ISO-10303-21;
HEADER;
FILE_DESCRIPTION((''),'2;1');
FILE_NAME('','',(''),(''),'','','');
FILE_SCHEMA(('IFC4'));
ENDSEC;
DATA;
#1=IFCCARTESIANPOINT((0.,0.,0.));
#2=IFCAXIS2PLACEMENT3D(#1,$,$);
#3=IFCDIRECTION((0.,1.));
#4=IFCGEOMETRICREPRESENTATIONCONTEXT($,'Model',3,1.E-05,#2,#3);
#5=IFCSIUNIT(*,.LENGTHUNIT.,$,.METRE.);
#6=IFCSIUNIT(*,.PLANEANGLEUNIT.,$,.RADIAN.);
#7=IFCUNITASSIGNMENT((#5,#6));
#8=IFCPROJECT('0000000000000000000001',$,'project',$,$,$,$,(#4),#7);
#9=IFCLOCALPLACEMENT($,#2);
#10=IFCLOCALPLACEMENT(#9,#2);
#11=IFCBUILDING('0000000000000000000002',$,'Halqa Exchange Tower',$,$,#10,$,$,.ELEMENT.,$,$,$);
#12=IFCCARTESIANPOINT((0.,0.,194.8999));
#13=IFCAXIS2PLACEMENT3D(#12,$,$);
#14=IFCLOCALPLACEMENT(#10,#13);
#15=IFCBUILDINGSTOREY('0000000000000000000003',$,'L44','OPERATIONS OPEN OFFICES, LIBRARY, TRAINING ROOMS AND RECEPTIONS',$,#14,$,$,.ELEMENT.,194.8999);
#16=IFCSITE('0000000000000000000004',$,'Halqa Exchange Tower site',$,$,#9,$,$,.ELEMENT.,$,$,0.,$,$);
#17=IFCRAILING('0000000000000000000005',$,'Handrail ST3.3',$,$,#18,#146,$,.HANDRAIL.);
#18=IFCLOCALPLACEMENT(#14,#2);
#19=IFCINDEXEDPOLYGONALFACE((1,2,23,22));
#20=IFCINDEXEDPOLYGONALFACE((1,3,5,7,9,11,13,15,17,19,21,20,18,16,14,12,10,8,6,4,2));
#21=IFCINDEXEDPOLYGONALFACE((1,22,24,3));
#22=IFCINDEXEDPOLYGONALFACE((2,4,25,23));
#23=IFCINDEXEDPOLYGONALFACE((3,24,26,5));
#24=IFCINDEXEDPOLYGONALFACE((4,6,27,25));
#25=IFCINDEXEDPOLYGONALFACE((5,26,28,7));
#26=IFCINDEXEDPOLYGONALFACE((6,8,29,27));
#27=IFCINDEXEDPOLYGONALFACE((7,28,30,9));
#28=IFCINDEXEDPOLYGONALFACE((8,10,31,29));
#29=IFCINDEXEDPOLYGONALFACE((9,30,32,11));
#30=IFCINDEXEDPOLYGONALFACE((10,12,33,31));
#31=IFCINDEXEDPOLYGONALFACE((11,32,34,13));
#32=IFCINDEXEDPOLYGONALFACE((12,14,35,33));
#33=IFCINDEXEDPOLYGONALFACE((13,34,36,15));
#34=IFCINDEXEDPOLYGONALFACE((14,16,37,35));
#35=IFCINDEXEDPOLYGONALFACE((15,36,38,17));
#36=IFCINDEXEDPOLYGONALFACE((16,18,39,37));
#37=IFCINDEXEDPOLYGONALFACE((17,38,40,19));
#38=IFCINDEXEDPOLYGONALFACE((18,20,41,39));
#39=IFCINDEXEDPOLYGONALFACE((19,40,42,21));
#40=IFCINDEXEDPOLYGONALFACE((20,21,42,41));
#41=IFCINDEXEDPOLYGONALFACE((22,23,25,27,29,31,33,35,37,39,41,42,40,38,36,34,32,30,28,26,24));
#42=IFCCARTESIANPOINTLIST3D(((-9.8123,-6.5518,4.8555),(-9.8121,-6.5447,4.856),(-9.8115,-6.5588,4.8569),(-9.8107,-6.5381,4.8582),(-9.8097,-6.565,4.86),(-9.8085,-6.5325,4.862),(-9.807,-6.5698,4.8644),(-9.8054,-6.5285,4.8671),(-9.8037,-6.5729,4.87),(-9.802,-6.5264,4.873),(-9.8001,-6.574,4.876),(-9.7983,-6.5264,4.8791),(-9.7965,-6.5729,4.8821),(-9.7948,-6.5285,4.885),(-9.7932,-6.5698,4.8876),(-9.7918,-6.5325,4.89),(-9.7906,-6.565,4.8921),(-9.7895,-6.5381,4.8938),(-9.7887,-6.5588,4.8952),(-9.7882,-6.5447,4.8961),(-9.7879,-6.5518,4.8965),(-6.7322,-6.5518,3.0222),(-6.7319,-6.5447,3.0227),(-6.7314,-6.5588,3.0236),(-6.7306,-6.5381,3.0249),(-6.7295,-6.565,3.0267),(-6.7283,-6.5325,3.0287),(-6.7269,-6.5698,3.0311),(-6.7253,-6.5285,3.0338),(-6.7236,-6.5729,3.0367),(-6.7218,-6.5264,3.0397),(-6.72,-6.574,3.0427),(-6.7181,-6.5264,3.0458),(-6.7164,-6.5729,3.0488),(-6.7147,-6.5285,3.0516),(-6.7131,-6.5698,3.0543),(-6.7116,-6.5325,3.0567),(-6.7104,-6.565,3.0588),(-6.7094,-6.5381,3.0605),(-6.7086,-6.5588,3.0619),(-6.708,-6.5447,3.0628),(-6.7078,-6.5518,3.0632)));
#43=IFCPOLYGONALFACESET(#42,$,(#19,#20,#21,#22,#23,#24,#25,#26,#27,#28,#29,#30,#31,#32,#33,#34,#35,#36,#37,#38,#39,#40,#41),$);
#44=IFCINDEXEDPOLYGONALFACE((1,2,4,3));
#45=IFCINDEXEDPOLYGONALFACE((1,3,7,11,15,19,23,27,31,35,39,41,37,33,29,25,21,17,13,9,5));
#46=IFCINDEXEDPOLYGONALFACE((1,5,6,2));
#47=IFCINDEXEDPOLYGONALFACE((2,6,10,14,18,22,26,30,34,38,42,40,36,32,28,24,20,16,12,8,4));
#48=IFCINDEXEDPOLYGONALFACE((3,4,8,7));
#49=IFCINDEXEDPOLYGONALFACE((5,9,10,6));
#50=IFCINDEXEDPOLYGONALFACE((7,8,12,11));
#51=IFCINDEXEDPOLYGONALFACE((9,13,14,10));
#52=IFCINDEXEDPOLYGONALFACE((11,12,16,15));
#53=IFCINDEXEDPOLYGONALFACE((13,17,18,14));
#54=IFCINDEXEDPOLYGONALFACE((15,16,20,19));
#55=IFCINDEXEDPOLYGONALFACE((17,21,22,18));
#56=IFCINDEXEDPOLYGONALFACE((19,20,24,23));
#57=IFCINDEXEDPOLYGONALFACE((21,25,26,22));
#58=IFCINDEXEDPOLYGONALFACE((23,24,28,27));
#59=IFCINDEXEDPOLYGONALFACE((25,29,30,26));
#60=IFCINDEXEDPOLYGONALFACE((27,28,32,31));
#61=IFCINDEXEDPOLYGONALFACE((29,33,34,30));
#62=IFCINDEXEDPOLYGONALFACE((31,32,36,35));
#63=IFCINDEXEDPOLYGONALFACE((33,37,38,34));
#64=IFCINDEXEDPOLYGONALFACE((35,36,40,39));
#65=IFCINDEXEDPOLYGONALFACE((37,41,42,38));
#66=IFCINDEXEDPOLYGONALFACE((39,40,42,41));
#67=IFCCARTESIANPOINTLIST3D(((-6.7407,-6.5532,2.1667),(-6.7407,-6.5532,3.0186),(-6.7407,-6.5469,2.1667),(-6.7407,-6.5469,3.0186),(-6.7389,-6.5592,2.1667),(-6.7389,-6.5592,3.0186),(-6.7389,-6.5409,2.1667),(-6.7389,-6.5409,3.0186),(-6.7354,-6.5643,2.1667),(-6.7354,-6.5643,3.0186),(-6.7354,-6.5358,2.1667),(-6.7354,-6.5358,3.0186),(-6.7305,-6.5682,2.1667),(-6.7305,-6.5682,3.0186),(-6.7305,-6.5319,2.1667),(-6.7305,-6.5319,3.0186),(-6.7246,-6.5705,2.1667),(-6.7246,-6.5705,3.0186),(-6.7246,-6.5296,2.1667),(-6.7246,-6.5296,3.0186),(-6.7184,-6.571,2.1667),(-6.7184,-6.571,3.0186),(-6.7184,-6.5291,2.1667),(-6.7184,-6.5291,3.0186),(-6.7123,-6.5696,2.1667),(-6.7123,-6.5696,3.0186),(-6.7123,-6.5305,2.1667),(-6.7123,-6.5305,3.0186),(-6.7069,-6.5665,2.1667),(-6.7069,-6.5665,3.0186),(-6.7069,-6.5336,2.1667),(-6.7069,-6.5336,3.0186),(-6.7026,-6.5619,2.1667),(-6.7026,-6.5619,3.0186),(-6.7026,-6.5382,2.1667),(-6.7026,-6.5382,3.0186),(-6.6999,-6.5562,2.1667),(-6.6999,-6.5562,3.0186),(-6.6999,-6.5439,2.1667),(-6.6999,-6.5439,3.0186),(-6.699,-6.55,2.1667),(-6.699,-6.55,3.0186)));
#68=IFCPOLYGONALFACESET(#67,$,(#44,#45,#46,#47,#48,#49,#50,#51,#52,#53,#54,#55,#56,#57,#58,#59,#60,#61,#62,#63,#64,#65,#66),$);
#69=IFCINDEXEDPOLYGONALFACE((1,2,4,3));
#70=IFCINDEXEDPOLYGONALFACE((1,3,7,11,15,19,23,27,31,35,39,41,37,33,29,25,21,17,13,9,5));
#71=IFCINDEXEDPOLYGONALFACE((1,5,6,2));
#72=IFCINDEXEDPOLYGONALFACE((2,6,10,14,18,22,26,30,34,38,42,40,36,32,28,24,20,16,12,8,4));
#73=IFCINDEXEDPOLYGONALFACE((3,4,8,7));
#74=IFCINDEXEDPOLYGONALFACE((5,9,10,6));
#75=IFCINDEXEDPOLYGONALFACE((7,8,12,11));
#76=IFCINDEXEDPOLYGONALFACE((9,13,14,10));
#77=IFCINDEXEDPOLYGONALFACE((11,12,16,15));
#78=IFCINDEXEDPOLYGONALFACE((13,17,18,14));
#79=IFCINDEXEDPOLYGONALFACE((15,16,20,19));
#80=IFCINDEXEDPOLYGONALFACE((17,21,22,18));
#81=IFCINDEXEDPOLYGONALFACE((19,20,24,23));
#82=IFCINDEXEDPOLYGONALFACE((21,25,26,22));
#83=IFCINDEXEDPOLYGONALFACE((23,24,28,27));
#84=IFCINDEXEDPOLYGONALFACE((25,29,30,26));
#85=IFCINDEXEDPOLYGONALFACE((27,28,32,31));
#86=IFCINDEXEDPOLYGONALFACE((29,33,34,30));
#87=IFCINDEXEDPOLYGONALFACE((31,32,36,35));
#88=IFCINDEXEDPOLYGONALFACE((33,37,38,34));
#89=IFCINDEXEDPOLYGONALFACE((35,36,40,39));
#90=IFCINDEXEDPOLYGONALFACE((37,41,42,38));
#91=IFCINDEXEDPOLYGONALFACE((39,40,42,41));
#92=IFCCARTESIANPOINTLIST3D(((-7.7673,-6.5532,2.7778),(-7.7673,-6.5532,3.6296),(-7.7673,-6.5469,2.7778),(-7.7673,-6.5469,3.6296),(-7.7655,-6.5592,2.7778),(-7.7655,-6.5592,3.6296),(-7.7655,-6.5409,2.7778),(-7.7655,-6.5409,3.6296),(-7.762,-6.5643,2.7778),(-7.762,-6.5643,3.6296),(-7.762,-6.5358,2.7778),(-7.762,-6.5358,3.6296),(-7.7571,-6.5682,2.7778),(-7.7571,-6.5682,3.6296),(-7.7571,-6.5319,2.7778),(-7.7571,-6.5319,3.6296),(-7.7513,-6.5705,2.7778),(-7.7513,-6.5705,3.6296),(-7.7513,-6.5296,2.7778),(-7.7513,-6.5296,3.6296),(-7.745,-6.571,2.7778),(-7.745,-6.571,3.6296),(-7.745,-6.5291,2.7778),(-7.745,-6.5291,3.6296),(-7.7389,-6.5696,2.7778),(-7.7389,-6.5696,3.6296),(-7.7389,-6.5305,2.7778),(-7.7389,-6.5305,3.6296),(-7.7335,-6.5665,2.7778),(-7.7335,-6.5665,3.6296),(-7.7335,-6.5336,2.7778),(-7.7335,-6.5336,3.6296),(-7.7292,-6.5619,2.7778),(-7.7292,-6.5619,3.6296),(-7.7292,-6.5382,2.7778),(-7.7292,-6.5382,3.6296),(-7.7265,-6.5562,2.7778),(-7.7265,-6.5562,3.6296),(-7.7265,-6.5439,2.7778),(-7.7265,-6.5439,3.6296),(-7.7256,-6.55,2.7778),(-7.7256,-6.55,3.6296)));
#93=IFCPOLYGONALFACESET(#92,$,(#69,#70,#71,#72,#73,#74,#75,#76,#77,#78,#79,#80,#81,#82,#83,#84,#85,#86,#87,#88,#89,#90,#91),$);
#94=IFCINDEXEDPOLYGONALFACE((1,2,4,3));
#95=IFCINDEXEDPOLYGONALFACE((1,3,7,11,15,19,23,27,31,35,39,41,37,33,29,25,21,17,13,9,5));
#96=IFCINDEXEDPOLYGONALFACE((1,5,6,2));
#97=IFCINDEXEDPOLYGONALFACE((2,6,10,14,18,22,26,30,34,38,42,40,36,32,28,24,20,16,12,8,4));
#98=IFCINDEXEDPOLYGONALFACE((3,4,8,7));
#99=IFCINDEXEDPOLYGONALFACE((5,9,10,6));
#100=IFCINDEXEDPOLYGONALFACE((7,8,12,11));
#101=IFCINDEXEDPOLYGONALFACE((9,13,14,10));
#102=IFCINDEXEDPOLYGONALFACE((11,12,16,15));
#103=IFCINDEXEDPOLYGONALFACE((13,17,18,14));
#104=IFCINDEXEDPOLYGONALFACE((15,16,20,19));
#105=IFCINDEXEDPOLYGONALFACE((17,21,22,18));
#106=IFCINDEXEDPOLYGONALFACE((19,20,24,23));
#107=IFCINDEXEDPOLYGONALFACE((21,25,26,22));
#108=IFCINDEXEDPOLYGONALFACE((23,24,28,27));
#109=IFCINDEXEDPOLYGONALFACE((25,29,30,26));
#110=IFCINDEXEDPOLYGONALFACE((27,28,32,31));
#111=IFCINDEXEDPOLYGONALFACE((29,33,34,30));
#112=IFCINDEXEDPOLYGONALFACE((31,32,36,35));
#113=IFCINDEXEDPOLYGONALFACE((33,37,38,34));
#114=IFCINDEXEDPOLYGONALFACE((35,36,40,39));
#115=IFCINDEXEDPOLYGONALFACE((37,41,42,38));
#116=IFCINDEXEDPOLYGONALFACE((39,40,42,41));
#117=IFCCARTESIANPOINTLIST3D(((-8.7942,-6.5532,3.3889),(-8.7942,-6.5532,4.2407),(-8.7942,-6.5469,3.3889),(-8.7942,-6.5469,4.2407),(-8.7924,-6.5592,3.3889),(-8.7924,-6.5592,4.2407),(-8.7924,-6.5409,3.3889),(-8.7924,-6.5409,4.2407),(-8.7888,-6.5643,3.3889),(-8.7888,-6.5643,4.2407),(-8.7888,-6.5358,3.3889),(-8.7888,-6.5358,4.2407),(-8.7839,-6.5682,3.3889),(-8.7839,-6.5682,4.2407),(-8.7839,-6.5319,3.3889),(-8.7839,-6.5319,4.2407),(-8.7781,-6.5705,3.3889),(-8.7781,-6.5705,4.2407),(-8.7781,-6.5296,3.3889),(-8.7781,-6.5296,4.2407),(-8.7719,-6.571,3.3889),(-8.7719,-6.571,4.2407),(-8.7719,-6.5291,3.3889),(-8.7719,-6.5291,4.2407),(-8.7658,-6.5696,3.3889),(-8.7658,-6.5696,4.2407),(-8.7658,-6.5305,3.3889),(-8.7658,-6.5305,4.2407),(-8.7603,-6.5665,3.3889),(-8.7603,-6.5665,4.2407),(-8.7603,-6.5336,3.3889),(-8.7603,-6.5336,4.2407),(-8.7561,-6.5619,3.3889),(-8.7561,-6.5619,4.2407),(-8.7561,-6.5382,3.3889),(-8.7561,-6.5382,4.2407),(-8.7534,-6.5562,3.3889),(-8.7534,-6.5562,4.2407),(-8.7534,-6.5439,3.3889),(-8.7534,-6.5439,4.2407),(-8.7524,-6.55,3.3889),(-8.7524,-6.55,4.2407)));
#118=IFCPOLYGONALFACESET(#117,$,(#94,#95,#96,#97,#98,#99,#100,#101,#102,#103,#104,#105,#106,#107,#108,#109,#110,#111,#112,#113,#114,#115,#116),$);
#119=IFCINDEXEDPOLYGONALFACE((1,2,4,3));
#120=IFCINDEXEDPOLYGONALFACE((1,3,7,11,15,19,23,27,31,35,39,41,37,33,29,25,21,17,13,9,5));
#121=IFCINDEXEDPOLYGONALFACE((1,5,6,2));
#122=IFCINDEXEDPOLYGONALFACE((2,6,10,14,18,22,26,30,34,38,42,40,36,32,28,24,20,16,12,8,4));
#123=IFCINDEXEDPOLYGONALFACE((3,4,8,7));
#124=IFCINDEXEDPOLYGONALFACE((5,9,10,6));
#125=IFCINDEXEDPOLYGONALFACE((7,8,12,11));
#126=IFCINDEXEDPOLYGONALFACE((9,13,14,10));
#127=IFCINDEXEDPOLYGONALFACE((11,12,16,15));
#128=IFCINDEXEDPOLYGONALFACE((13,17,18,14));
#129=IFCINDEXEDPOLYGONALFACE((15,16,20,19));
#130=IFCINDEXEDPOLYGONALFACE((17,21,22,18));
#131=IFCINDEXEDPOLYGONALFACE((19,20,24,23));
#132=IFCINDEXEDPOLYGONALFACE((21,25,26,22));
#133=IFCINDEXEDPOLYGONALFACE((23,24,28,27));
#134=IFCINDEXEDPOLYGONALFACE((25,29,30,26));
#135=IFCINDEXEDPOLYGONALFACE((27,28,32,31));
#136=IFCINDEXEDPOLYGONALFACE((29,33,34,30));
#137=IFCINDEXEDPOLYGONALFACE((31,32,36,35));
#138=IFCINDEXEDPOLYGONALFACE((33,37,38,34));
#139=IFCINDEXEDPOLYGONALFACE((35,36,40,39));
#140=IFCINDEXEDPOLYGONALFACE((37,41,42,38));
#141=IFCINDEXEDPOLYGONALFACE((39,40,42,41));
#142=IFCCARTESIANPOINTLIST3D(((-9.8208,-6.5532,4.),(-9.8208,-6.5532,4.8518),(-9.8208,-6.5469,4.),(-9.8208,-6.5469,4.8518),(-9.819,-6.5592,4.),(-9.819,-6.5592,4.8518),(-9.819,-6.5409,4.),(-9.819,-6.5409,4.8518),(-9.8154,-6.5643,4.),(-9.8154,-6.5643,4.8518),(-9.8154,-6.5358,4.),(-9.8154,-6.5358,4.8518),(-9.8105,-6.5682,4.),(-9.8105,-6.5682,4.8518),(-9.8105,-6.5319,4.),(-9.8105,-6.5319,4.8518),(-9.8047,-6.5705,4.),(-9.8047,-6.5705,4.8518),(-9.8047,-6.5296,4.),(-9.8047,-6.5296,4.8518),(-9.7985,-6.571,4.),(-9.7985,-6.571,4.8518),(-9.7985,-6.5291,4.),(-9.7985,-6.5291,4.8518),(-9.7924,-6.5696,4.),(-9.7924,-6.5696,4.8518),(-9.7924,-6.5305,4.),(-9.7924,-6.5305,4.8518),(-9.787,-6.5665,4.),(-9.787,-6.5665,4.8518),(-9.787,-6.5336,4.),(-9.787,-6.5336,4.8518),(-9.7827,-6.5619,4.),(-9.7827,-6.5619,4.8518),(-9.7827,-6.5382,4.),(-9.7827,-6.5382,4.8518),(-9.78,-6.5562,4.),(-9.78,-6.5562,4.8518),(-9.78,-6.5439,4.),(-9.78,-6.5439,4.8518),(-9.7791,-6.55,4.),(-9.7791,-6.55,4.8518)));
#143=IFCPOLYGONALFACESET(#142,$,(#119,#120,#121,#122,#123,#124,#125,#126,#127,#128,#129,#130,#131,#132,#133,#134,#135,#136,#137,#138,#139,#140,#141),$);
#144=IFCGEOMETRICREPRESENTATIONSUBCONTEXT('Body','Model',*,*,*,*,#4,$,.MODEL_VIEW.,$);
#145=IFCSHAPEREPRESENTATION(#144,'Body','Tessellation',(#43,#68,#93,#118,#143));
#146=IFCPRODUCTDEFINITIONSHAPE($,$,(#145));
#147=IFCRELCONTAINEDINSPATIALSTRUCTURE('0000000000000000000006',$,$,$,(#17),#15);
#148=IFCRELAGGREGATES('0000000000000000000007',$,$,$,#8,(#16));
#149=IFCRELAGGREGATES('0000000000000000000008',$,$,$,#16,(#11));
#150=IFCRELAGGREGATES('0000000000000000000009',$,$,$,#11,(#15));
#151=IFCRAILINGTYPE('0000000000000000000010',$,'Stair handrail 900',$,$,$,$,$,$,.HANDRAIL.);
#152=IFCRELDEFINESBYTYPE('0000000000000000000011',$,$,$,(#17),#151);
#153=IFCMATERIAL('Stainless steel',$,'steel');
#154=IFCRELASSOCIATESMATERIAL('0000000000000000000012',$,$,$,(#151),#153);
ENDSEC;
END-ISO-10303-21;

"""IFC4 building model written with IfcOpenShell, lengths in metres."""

from ifc_helpers import new_model, si_unit, direction, frame, origin, origin_2d, place, context, subcontext, project, spatial, circle, extrude, material, type_object, element, save


model = new_model("IFC4")

# Units and contexts
model_context = context("Model", 3, precision=1e-05, world=origin(), true_north=direction((0.0, 1.0)))
body_context = subcontext(model_context, "Body", "Model", "MODEL_VIEW")
ifc_project = project(units=[si_unit("LENGTHUNIT", "METRE"), si_unit("PLANEANGLEUNIT", "RADIAN")], contexts=[model_context])

# Site, building, storey
site_placement = place(None, origin())
site = spatial("IfcSite", under=ifc_project, at=site_placement, Name="Halqa Exchange Tower site", CompositionType="ELEMENT", RefElevation=0.0)
building_placement = place(site_placement, origin())
building = spatial("IfcBuilding", under=site, at=building_placement, Name="Halqa Exchange Tower", CompositionType="ELEMENT")
storey_placement = place(building_placement, frame((0.0, 0.0, 194.8999)))
storey = spatial("IfcBuildingStorey", under=building, at=storey_placement, Name="L44", Description="OPERATIONS OPEN OFFICES, LIBRARY, TRAINING ROOMS AND RECEPTIONS", CompositionType="ELEMENT", Elevation=194.8999)

# Shared definitions
ifc_material_1 = material(Name="Stainless steel", Category="steel")

# Railing
railing_type_1 = type_object("IfcRailingType", Name="Stair handrail 900", PredefinedType="HANDRAIL", material=ifc_material_1)
railing_1_placement = place(storey_placement, frame((-6.72, -6.55, 2.1667)))
element("IfcRailing", 1, at=railing_1_placement, inside=storey, type_object=railing_type_1, Name="Handrail ST3.3", PredefinedType="HANDRAIL", context=body_context, shape_type="SweptSolid", body=[
    extrude(circle(Radius=0.0239, at=origin_2d()), frame((0.0, 0.0, 0.876), z_axis=(-0.859309, 0.0, 0.511458), x_axis=(0.0, -1.0, 0.0)), (0.0, 0.0, 1.0), 3.5845),
    extrude(circle(Radius=0.021, at=origin_2d()), origin(), (0.0, 0.0, 1.0), 0.8518),
    extrude(circle(Radius=0.021, at=origin_2d()), frame((-1.0266, 0.0, 0.6111)), (0.0, 0.0, 1.0), 0.8518),
    extrude(circle(Radius=0.021, at=origin_2d()), frame((-2.0535, 0.0, 1.2222)), (0.0, 0.0, 1.0), 0.8518),
    extrude(circle(Radius=0.021, at=origin_2d()), frame((-3.0801, 0.0, 1.8333)), (0.0, 0.0, 1.0), 0.8518),
])

save(model, "model.ifc")
